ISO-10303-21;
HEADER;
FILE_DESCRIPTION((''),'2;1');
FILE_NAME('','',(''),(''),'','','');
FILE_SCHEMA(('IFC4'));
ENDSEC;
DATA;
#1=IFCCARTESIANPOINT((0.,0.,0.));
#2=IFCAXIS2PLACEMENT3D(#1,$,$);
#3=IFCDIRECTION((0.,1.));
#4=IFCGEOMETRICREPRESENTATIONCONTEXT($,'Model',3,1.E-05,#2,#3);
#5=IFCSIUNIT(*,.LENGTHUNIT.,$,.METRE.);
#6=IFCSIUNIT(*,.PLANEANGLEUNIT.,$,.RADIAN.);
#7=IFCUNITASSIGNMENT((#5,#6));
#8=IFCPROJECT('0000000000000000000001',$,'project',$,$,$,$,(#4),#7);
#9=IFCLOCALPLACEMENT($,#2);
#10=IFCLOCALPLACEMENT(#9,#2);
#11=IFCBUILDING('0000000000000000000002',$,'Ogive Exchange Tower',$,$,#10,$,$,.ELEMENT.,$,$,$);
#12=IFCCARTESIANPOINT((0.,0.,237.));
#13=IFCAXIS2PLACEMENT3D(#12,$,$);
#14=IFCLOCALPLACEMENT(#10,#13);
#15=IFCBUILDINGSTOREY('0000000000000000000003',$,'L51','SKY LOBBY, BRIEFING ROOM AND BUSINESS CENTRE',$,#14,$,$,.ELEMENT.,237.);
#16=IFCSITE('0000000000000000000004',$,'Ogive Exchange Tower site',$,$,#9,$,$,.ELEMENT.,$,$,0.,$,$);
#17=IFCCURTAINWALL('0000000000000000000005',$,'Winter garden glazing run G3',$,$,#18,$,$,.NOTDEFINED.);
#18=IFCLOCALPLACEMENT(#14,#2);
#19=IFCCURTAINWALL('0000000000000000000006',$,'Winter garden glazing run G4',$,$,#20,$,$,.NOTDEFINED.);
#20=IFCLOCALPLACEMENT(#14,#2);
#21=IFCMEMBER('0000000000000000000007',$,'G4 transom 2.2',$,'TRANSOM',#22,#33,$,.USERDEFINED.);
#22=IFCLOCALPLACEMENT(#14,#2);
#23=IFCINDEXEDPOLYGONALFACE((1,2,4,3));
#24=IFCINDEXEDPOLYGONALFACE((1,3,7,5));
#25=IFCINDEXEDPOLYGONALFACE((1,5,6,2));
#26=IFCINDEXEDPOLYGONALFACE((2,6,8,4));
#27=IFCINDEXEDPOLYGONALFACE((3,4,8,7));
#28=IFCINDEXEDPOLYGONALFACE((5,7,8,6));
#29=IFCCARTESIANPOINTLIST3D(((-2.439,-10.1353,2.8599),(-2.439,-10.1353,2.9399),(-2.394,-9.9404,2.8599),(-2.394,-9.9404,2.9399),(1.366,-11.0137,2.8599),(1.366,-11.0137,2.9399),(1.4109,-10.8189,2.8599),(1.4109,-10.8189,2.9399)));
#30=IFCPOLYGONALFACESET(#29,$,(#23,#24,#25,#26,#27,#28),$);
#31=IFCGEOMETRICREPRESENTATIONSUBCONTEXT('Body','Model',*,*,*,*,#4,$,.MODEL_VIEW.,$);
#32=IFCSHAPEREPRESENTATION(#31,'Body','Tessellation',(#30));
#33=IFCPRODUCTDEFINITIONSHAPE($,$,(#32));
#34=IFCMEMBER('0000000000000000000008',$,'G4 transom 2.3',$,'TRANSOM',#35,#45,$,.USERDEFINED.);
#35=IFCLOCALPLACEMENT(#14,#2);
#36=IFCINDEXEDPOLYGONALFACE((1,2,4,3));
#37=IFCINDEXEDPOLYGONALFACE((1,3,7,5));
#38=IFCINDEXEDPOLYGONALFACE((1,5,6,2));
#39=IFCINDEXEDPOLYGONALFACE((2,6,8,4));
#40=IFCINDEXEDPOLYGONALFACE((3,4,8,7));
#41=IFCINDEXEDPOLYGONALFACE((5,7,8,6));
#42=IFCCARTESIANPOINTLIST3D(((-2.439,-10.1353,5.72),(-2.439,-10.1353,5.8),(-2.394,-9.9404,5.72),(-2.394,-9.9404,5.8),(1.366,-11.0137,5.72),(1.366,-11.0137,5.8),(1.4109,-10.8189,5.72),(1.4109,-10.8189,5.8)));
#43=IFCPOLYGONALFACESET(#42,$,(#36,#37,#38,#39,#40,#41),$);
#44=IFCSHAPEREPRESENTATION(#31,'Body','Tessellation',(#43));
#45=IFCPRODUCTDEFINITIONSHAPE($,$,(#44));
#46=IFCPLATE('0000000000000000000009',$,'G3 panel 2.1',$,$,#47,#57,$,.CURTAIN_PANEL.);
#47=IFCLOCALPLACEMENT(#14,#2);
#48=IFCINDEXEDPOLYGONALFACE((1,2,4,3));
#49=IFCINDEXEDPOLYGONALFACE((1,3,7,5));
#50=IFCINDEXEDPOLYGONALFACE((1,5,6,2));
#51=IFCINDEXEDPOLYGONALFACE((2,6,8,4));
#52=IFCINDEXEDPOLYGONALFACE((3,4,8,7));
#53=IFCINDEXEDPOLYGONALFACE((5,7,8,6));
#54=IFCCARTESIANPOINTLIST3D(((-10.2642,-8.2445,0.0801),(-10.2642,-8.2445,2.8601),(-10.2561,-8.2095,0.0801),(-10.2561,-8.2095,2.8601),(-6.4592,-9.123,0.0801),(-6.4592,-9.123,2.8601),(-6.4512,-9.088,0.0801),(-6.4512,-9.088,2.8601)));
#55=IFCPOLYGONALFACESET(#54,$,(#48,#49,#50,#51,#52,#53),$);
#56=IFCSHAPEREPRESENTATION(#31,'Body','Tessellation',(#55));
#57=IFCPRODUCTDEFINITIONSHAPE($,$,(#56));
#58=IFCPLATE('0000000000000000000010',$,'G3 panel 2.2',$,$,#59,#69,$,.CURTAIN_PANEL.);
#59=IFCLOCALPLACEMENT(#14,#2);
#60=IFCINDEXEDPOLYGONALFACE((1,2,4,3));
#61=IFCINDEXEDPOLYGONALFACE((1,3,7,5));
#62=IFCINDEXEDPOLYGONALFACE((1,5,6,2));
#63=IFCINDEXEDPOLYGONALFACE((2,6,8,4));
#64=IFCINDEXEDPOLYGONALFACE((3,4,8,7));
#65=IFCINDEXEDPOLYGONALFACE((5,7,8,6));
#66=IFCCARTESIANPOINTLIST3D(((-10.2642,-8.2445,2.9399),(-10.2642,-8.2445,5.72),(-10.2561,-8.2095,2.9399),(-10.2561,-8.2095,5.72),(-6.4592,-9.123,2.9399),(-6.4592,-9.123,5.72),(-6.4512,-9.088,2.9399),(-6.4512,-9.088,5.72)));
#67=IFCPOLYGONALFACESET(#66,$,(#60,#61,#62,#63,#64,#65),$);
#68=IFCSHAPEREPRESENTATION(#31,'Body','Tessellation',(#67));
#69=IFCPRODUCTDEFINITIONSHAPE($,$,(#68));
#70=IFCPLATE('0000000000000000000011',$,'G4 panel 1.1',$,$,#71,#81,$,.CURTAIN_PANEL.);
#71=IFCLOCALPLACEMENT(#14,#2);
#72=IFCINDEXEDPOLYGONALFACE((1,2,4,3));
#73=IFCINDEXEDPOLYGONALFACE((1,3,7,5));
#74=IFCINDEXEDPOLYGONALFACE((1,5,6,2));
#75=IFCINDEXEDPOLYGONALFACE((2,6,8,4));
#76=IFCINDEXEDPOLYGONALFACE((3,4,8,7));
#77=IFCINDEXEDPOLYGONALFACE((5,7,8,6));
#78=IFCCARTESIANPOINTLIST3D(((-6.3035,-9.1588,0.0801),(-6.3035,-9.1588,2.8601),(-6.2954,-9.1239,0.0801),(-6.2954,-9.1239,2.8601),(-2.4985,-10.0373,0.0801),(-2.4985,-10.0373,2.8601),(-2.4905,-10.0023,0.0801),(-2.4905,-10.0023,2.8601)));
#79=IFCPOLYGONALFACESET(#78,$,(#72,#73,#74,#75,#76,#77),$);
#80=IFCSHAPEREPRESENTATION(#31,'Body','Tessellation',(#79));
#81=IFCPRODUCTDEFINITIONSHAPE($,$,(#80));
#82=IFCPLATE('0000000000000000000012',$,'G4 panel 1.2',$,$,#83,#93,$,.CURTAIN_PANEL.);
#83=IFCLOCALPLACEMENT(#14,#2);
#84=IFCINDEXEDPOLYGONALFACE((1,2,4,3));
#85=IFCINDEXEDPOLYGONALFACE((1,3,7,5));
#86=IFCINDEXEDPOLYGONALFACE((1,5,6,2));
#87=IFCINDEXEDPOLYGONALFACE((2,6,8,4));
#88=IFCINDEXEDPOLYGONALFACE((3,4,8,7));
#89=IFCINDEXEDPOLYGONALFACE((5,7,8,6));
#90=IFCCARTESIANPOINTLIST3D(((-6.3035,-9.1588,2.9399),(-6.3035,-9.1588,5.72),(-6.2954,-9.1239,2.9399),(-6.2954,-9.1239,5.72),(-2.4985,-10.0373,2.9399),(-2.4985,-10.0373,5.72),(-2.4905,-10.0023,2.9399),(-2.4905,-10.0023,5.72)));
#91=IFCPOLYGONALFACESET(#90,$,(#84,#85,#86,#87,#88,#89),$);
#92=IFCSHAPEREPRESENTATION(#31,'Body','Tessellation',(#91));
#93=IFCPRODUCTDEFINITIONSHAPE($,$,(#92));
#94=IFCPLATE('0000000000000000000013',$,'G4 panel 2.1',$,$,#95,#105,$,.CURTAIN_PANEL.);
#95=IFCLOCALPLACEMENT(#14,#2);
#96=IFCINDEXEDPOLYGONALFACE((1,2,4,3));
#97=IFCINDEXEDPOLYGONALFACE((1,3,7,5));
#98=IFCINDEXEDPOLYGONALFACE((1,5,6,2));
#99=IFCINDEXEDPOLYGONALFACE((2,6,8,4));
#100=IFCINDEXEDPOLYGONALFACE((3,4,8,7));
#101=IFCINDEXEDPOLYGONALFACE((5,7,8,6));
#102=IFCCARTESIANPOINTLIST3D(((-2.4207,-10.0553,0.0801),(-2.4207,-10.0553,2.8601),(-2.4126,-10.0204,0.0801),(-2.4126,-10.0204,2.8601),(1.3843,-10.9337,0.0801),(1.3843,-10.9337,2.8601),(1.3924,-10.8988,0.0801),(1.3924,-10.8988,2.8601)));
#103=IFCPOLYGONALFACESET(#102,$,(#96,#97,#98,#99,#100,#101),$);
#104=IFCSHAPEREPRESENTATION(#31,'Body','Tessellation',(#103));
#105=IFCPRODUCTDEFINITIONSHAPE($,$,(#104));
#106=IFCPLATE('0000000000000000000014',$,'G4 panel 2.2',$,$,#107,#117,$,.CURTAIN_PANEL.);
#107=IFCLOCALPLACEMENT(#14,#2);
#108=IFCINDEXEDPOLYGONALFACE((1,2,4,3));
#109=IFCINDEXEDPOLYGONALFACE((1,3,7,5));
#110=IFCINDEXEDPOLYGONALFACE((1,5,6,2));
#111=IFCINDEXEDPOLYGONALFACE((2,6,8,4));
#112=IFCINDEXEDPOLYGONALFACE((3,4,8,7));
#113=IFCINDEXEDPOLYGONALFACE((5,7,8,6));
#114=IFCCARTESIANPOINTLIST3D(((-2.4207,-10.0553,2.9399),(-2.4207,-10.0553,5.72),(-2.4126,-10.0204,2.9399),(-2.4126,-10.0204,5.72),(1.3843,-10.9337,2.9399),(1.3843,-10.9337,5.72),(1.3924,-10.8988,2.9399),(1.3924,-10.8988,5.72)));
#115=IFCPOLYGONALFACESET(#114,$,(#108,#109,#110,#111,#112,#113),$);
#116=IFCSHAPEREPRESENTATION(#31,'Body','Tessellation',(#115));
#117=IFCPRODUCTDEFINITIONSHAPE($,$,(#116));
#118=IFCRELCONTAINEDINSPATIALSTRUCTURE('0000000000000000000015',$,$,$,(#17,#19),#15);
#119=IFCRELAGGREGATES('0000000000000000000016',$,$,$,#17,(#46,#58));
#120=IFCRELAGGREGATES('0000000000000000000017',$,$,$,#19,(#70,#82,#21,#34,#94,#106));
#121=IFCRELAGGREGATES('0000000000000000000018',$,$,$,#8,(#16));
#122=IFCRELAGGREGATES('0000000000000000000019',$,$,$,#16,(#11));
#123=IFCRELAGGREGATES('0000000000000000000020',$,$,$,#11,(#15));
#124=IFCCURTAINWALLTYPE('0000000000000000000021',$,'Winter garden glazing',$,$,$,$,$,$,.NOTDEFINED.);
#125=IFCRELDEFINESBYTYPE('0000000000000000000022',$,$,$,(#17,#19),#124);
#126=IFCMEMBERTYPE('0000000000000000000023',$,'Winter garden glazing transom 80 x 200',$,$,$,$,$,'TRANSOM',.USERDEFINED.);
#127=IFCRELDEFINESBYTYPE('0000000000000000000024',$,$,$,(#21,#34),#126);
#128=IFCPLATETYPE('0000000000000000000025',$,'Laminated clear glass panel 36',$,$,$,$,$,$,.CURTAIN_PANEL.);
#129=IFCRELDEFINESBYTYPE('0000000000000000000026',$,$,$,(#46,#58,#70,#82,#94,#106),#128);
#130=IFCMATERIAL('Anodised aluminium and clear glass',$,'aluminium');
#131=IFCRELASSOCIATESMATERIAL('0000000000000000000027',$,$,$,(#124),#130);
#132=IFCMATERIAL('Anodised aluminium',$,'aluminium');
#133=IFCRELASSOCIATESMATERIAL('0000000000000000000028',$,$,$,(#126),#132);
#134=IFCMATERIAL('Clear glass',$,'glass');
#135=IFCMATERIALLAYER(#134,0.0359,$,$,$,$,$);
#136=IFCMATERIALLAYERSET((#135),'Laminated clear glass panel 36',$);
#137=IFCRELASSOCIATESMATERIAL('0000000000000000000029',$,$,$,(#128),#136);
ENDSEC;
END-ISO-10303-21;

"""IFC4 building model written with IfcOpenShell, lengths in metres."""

from ifc_helpers import new_model, si_unit, direction, frame, origin, origin_2d, place, context, subcontext, project, spatial, rectangle, extrude, material, layer, layer_set, material_profile, profile_set, type_object, element, aggregate, save


model = new_model("IFC4")

# Units and contexts
model_context = context("Model", 3, precision=1e-05, world=origin(), true_north=direction((0.0, 1.0)))
body_context = subcontext(model_context, "Body", "Model", "MODEL_VIEW")
ifc_project = project(units=[si_unit("LENGTHUNIT", "METRE"), si_unit("PLANEANGLEUNIT", "RADIAN")], contexts=[model_context])

# Site, building, storey
site_placement = place(None, origin())
site = spatial("IfcSite", under=ifc_project, at=site_placement, Name="Ogive Exchange Tower site", CompositionType="ELEMENT", RefElevation=0.0)
building_placement = place(site_placement, origin())
building = spatial("IfcBuilding", under=site, at=building_placement, Name="Ogive Exchange Tower", CompositionType="ELEMENT")
storey_placement = place(building_placement, frame((0.0, 0.0, 237.0)))
storey = spatial("IfcBuildingStorey", under=building, at=storey_placement, Name="L51", Description="SKY LOBBY, BRIEFING ROOM AND BUSINESS CENTRE", CompositionType="ELEMENT", Elevation=237.0)

# Curtain wall
ifc_material_1 = material(Name="Anodised aluminium and clear glass", Category="aluminium")
curtain_wall_type = type_object("IfcCurtainWallType", Name="Winter garden glazing", PredefinedType="NOTDEFINED", material=ifc_material_1)
curtain_wall_1_placement = place(storey_placement, origin())
curtain_wall_1 = element("IfcCurtainWall", 1, at=curtain_wall_1_placement, inside=storey, type_object=curtain_wall_type, Name="Winter garden glazing run G3", PredefinedType="NOTDEFINED")
ifc_material_2 = material(Name="Anodised aluminium", Category="aluminium")

# Curtain wall, members
curtain_wall_2_placement = place(storey_placement, origin())
curtain_wall_2 = element("IfcCurtainWall", 2, at=curtain_wall_2_placement, inside=storey, type_object=curtain_wall_type, Name="Winter garden glazing run G4", PredefinedType="NOTDEFINED")
ifc_material_profile_1 = material_profile(ifc_material_2, rectangle(XDim=0.2, YDim=0.0801, at=origin_2d()), Name="AL 80x200")
ifc_profile_set_1 = profile_set([ifc_material_profile_1], Name="Anodised aluminium")
member_type_1 = type_object("IfcMemberType", Name="Winter garden glazing transom 80 x 200", ElementType="TRANSOM", PredefinedType="USERDEFINED", material=ifc_profile_set_1)
member_1_placement = place(storey_placement, frame((-2.4165, -10.0378, 2.8999), z_axis=(0.974371, -0.224946, 0.0), x_axis=(0.224946, 0.974371, 0.0)))
member_1 = element("IfcMember", 3, at=member_1_placement, type_object=member_type_1, Name="G4 transom 2.2", ObjectType="TRANSOM", PredefinedType="USERDEFINED", context=body_context, shape_type="SweptSolid", body=[
    extrude(rectangle(XDim=0.2, YDim=0.0801, at=origin_2d()), origin(), (0.0, 0.0, 1.0), 3.905),
])
member_2_placement = place(storey_placement, frame((-2.4165, -10.0378, 5.76), z_axis=(0.974371, -0.224946, 0.0), x_axis=(0.224946, 0.974371, 0.0)))
member_2 = element("IfcMember", 4, at=member_2_placement, type_object=member_type_1, Name="G4 transom 2.3", ObjectType="TRANSOM", PredefinedType="USERDEFINED", context=body_context, shape_type="SweptSolid", body=[
    extrude(rectangle(XDim=0.2, YDim=0.0801, at=origin_2d()), origin(), (0.0, 0.0, 1.0), 3.905),
])

# Plates
ifc_material_3 = material(Name="Clear glass", Category="glass")
ifc_layer = layer(ifc_material_3, 0.0359)
ifc_layer_set = layer_set([ifc_layer], Name="Laminated clear glass panel 36")
plate_type = type_object("IfcPlateType", Name="Laminated clear glass panel 36", PredefinedType="CURTAIN_PANEL", material=ifc_layer_set)
plate_1_placement = place(storey_placement, frame((-8.3577, -8.6663, 0.0801), z_axis=(0.0, 0.0, 1.0), x_axis=(0.974368, -0.224958, 0.0)))
plate_1 = element("IfcPlate", 5, at=plate_1_placement, type_object=plate_type, Name="G3 panel 2.1", PredefinedType="CURTAIN_PANEL", context=body_context, shape_type="SweptSolid", body=[
    extrude(rectangle(XDim=3.905, YDim=0.0359, at=origin_2d()), origin(), (0.0, 0.0, 1.0), 2.78),
])
plate_2_placement = place(storey_placement, frame((-8.3577, -8.6663, 2.9399), z_axis=(0.0, 0.0, 1.0), x_axis=(0.974368, -0.224958, 0.0)))
plate_2 = element("IfcPlate", 6, at=plate_2_placement, type_object=plate_type, Name="G3 panel 2.2", PredefinedType="CURTAIN_PANEL", context=body_context, shape_type="SweptSolid", body=[
    extrude(rectangle(XDim=3.905, YDim=0.0359, at=origin_2d()), origin(), (0.0, 0.0, 1.0), 2.78),
])
aggregate(curtain_wall_1, [plate_1, plate_2])
plate_3_placement = place(storey_placement, frame((-4.397, -9.5806, 0.0801), z_axis=(0.0, 0.0, 1.0), x_axis=(0.974372, -0.224944, 0.0)))
plate_3 = element("IfcPlate", 7, at=plate_3_placement, type_object=plate_type, Name="G4 panel 1.1", PredefinedType="CURTAIN_PANEL", context=body_context, shape_type="SweptSolid", body=[
    extrude(rectangle(XDim=3.905, YDim=0.0359, at=origin_2d()), origin(), (0.0, 0.0, 1.0), 2.78),
])
plate_4_placement = place(storey_placement, frame((-4.397, -9.5806, 2.9399), z_axis=(0.0, 0.0, 1.0), x_axis=(0.974372, -0.224944, 0.0)))
plate_4 = element("IfcPlate", 8, at=plate_4_placement, type_object=plate_type, Name="G4 panel 1.2", PredefinedType="CURTAIN_PANEL", context=body_context, shape_type="SweptSolid", body=[
    extrude(rectangle(XDim=3.905, YDim=0.0359, at=origin_2d()), origin(), (0.0, 0.0, 1.0), 2.78),
])
plate_5_placement = place(storey_placement, frame((-0.5142, -10.4771, 0.0801), z_axis=(0.0, 0.0, 1.0), x_axis=(0.974372, -0.224944, 0.0)))
plate_5 = element("IfcPlate", 9, at=plate_5_placement, type_object=plate_type, Name="G4 panel 2.1", PredefinedType="CURTAIN_PANEL", context=body_context, shape_type="SweptSolid", body=[
    extrude(rectangle(XDim=3.905, YDim=0.0359, at=origin_2d()), origin(), (0.0, 0.0, 1.0), 2.78),
])
plate_6_placement = place(storey_placement, frame((-0.5142, -10.4771, 2.9399), z_axis=(0.0, 0.0, 1.0), x_axis=(0.974372, -0.224944, 0.0)))
plate_6 = element("IfcPlate", 10, at=plate_6_placement, type_object=plate_type, Name="G4 panel 2.2", PredefinedType="CURTAIN_PANEL", context=body_context, shape_type="SweptSolid", body=[
    extrude(rectangle(XDim=3.905, YDim=0.0359, at=origin_2d()), origin(), (0.0, 0.0, 1.0), 2.78),
])
aggregate(curtain_wall_2, [plate_3, plate_4, member_1, member_2, plate_5, plate_6])

save(model, "model.ifc")
